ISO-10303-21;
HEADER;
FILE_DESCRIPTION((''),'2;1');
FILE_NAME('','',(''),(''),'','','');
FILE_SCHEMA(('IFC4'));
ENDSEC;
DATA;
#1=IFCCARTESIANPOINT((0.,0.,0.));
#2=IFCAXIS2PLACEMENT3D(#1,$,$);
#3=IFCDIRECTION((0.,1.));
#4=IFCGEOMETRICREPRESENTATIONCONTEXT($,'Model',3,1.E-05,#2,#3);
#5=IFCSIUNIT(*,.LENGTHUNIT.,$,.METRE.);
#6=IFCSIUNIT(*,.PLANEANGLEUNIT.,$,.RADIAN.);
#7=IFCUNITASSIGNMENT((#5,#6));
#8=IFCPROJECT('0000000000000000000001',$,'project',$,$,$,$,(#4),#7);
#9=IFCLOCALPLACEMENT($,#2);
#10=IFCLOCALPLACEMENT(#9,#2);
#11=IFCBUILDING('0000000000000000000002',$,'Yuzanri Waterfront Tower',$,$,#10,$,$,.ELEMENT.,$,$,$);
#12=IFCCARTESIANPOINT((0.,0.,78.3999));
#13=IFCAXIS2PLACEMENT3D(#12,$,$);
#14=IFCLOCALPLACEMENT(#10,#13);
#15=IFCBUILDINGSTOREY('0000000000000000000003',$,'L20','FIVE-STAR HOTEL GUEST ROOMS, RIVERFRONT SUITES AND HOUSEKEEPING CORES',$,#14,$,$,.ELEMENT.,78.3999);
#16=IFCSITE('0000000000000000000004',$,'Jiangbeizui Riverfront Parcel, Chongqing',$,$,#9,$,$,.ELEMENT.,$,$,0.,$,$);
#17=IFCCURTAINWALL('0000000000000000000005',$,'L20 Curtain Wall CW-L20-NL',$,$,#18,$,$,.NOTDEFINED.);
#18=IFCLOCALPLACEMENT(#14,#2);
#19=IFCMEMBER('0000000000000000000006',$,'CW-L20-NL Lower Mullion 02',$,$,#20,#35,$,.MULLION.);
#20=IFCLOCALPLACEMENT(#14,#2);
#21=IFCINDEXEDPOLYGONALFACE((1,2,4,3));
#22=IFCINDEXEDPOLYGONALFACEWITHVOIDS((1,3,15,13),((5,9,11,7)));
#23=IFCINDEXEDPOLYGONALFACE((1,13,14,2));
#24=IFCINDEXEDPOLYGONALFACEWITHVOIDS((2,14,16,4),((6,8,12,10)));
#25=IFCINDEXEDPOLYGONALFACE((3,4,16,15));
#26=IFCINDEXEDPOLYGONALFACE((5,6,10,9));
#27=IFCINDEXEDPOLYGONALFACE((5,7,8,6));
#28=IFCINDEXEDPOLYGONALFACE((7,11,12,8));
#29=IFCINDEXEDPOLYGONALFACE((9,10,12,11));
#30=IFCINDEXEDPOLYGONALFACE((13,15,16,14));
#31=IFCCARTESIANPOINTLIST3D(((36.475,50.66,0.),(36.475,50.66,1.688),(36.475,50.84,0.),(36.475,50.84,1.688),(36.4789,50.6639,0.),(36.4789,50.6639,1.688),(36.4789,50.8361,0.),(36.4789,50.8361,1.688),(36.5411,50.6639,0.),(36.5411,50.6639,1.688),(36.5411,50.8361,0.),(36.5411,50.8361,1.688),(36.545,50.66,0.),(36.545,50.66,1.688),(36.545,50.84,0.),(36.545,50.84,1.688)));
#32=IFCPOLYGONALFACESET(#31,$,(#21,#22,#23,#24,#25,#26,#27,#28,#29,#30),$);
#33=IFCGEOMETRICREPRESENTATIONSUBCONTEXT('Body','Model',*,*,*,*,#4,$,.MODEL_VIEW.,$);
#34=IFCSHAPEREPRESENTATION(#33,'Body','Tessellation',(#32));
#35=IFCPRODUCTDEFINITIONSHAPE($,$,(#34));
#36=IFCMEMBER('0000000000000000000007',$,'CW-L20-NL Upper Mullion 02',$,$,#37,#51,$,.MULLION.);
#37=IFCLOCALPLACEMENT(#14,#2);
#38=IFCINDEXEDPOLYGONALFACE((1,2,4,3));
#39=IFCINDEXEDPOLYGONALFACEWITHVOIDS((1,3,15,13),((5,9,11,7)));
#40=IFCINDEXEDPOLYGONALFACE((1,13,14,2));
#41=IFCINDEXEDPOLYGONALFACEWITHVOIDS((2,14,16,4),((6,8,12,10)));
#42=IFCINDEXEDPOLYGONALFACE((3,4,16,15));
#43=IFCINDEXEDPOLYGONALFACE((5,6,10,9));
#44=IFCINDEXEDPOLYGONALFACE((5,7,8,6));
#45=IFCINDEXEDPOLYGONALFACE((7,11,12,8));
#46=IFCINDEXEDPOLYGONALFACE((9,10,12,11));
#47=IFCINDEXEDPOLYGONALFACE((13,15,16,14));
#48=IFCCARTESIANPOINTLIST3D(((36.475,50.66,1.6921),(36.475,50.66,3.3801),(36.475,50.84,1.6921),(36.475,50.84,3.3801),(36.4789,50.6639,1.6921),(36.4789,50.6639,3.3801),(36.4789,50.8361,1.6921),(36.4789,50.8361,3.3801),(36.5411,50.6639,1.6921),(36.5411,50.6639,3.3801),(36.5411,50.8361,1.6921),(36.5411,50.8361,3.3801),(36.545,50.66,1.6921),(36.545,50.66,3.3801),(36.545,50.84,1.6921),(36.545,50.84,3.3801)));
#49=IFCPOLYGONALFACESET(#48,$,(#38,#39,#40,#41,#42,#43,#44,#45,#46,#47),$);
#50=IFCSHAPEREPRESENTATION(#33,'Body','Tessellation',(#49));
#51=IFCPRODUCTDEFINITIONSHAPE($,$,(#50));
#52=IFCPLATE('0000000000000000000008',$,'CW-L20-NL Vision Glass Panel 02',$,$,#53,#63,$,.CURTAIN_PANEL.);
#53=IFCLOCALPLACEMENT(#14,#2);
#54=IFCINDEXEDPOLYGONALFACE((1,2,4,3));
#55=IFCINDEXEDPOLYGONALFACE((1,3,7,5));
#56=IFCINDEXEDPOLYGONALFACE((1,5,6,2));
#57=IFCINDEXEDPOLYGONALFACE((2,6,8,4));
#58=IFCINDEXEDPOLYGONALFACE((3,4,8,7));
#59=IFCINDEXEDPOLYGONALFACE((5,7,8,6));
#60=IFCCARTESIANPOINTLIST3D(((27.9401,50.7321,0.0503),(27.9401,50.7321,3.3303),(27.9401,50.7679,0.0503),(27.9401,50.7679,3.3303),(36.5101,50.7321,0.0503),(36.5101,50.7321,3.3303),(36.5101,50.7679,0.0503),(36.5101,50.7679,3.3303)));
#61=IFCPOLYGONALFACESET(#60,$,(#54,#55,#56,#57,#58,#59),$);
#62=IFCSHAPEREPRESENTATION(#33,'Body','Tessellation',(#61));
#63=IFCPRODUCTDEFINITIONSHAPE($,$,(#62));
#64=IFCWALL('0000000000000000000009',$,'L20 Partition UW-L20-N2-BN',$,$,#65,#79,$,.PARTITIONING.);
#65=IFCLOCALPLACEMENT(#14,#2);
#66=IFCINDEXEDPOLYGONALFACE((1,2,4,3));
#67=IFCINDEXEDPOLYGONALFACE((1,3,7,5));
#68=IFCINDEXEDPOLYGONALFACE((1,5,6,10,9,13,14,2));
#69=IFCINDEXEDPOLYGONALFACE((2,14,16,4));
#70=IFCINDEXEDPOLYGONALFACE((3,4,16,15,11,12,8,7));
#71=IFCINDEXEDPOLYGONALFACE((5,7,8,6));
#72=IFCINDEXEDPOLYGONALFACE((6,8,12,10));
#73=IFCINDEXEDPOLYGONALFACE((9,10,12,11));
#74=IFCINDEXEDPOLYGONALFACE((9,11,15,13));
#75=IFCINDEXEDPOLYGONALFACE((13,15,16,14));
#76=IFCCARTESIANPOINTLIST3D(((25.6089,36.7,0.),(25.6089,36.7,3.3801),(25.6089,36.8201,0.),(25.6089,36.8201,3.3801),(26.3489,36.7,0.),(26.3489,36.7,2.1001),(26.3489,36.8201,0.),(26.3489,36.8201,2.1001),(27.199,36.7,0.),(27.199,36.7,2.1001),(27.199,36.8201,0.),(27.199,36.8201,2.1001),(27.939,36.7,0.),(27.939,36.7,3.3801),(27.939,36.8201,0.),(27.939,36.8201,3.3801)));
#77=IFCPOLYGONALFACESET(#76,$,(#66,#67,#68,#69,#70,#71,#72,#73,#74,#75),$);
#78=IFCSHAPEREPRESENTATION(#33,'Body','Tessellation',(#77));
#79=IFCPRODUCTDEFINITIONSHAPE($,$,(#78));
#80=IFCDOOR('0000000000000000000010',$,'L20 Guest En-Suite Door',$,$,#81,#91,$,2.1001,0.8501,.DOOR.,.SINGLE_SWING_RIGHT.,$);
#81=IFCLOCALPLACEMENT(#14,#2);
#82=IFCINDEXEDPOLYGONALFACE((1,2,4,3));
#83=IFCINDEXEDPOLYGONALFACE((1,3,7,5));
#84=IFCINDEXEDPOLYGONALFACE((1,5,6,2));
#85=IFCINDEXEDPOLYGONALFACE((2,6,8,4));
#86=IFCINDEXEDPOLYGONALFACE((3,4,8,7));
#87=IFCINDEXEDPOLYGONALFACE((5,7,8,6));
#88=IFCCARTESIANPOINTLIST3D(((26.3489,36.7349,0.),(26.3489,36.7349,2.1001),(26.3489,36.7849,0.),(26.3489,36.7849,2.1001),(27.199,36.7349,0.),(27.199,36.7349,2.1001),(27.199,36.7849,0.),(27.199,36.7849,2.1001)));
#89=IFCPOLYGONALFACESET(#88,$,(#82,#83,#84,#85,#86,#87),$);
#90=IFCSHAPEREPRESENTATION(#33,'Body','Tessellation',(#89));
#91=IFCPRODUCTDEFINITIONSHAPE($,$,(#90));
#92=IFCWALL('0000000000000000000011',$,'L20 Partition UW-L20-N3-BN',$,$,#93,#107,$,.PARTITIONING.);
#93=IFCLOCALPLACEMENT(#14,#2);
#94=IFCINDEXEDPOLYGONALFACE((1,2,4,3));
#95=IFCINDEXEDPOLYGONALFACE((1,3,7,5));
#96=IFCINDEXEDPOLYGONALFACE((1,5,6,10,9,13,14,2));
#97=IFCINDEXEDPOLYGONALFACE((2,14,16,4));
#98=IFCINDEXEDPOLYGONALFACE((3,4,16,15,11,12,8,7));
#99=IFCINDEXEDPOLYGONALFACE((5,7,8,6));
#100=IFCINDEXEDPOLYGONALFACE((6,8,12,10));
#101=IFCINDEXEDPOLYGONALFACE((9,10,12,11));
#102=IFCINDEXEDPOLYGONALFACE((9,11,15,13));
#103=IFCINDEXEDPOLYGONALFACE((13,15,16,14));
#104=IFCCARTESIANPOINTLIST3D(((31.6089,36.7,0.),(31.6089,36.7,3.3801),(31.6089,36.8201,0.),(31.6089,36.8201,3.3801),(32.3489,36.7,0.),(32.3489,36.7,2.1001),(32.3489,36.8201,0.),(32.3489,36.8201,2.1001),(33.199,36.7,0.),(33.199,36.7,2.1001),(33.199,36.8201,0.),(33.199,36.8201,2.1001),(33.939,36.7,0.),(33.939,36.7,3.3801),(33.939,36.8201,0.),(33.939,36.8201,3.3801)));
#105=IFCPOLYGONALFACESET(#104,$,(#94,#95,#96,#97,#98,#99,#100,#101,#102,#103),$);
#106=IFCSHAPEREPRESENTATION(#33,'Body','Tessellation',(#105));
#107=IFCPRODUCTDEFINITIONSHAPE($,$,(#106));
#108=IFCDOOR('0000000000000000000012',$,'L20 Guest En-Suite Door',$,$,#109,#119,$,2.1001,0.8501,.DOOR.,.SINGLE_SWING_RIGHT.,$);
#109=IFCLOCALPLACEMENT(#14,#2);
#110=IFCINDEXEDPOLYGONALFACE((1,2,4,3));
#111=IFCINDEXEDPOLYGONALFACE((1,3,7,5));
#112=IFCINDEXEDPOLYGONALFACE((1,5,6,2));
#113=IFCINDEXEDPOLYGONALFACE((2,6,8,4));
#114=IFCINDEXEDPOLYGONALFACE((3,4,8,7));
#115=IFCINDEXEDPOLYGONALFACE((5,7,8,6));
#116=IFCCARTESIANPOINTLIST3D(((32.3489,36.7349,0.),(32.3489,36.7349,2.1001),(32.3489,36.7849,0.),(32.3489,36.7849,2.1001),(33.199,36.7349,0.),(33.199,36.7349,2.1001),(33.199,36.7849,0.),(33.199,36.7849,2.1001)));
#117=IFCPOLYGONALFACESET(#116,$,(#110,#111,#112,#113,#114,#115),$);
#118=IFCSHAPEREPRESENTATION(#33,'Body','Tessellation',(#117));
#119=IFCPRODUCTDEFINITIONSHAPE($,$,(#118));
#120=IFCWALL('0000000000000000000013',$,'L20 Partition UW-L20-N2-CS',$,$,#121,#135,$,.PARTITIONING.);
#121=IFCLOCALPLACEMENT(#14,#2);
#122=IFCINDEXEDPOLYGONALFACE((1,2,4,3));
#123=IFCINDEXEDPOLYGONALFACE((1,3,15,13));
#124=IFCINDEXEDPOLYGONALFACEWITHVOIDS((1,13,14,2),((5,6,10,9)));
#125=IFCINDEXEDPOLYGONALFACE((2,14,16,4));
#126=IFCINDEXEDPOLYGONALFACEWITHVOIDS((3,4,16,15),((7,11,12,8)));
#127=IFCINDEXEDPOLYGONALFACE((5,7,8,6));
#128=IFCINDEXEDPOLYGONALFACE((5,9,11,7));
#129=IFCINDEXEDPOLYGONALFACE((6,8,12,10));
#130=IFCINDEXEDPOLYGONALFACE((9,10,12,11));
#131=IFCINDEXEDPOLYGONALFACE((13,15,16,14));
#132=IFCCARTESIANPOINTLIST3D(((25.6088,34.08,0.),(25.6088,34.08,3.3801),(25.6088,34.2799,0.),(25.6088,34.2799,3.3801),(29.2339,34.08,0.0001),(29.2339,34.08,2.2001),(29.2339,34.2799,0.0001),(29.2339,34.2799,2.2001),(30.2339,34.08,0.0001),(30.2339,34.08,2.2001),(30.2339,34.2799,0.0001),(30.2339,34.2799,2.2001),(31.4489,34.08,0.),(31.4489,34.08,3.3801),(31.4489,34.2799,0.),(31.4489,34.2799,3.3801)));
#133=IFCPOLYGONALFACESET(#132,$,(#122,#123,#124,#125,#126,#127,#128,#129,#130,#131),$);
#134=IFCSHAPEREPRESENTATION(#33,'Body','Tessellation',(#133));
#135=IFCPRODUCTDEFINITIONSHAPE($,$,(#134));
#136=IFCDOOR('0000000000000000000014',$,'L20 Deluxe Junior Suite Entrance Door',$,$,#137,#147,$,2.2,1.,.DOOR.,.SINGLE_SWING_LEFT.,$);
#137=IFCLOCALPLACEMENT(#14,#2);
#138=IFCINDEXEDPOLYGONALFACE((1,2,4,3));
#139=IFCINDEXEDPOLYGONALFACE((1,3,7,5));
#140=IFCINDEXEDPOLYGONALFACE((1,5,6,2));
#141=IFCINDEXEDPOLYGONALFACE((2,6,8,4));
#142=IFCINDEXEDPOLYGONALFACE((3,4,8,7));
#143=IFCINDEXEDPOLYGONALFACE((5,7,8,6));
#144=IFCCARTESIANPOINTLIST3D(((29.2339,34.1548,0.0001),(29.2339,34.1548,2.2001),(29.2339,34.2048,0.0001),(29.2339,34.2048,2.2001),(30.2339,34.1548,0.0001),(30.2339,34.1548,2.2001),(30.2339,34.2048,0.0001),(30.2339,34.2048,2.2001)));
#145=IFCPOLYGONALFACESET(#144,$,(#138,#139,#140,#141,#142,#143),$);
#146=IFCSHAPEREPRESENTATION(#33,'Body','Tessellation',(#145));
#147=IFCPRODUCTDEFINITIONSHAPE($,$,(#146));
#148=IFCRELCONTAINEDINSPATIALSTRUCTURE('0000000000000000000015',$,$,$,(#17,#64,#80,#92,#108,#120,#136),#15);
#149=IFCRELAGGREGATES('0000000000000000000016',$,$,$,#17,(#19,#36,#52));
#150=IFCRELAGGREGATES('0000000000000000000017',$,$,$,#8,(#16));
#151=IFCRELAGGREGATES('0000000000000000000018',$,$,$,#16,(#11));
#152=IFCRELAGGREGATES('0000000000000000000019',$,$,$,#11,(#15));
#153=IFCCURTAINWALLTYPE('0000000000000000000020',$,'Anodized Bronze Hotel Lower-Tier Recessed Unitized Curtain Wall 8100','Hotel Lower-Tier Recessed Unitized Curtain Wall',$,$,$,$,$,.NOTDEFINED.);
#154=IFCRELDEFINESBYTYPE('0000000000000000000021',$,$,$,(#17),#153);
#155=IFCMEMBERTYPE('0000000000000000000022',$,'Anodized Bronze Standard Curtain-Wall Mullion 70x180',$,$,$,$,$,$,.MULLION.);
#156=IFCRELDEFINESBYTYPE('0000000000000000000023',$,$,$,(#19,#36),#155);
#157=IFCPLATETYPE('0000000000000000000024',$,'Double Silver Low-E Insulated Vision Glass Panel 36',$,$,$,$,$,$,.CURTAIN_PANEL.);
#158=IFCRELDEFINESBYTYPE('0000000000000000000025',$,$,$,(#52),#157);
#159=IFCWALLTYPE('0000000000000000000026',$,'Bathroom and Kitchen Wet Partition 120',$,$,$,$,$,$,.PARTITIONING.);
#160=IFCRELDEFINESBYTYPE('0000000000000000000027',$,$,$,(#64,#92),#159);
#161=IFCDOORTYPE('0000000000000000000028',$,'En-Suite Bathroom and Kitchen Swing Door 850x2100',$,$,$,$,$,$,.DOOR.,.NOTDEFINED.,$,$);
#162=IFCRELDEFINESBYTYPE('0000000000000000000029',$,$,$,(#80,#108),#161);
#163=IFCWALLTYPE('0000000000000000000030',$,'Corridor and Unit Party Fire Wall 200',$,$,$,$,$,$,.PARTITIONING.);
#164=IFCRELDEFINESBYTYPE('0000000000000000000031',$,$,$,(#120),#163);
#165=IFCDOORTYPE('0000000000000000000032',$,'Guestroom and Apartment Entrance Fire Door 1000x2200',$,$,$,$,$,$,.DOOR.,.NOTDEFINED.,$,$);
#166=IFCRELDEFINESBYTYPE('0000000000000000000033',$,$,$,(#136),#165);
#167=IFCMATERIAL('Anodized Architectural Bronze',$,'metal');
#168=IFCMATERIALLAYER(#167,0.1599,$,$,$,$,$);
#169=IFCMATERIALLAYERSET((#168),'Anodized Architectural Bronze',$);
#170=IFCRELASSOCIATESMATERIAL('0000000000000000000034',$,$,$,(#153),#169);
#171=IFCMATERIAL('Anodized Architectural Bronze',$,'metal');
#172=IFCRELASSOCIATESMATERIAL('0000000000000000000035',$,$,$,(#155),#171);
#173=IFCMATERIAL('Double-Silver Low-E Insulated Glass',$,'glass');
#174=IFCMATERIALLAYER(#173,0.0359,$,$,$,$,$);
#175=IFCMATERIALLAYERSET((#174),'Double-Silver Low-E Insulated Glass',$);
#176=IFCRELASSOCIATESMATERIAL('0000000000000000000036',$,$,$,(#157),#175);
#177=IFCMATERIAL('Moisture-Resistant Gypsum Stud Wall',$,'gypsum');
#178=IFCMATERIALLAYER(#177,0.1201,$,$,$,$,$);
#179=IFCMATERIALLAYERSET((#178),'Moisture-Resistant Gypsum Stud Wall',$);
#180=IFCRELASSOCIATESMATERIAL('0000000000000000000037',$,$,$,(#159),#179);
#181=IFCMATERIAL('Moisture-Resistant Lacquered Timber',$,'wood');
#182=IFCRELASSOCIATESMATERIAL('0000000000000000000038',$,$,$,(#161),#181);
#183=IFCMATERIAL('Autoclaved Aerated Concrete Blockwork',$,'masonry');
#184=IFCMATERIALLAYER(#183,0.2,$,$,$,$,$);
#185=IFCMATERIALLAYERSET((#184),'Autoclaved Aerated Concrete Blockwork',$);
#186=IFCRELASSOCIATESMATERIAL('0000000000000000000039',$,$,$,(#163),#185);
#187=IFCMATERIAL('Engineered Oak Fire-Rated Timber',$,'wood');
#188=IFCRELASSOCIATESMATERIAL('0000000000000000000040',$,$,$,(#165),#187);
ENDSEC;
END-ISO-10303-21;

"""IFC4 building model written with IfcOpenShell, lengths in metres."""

from ifc_helpers import new_model, si_unit, direction, frame, frame_2d, origin, origin_2d, place, context, subcontext, project, spatial, rectangle, hollow_rectangle, extrude, source, transform, mapped, material, layer, layer_set, material_profile, profile_set, type_object, element, fill, aggregate, save


model = new_model("IFC4")

# Units and contexts
model_context = context("Model", 3, precision=1e-05, world=origin(), true_north=direction((0.0, 1.0)))
body_context = subcontext(model_context, "Body", "Model", "MODEL_VIEW")
ifc_project = project(units=[si_unit("LENGTHUNIT", "METRE"), si_unit("PLANEANGLEUNIT", "RADIAN")], contexts=[model_context])

# Site, building, storey
site_placement = place(None, origin())
site = spatial("IfcSite", under=ifc_project, at=site_placement, Name="Jiangbeizui Riverfront Parcel, Chongqing", CompositionType="ELEMENT", RefElevation=0.0)
building_placement = place(site_placement, origin())
building = spatial("IfcBuilding", under=site, at=building_placement, Name="Yuzanri Waterfront Tower", CompositionType="ELEMENT")
storey_placement = place(building_placement, frame((0.0, 0.0, 78.3999)))
storey = spatial("IfcBuildingStorey", under=building, at=storey_placement, Name="L20", Description="FIVE-STAR HOTEL GUEST ROOMS, RIVERFRONT SUITES AND HOUSEKEEPING CORES", CompositionType="ELEMENT", Elevation=78.3999)

# Curtain wall, members, plate
ifc_material_1 = material(Name="Anodized Architectural Bronze", Category="metal")
ifc_layer_1 = layer(ifc_material_1, 0.1599)
ifc_layer_set_1 = layer_set([ifc_layer_1], Name="Anodized Architectural Bronze")
curtain_wall_type = type_object("IfcCurtainWallType", Name="Anodized Bronze Hotel Lower-Tier Recessed Unitized Curtain Wall 8100", Description="Hotel Lower-Tier Recessed Unitized Curtain Wall", PredefinedType="NOTDEFINED", material=ifc_layer_set_1)
curtain_wall_placement = place(storey_placement, origin())
curtain_wall = element("IfcCurtainWall", 1, at=curtain_wall_placement, inside=storey, type_object=curtain_wall_type, Name="L20 Curtain Wall CW-L20-NL", PredefinedType="NOTDEFINED")
ifc_material_2 = material(Name="Anodized Architectural Bronze", Category="metal")
ifc_material_profile_1 = material_profile(ifc_material_2, hollow_rectangle(XDim=0.0701, YDim=0.1799, WallThickness=0.0039, at=origin_2d()), Name="CWM 70x180")
ifc_profile_set_1 = profile_set([ifc_material_profile_1], Name="Anodized Architectural Bronze")
member_type = type_object("IfcMemberType", Name="Anodized Bronze Standard Curtain-Wall Mullion 70x180", PredefinedType="MULLION", material=ifc_profile_set_1)
shared_shape_1 = source(origin(), body_context, "Body", "SweptSolid", [
    extrude(hollow_rectangle(XDim=0.0701, YDim=0.1799, WallThickness=0.0039, at=origin_2d()), origin(), (0.0, 0.0, 1.0), 1.688),
])
member_1_placement = place(storey_placement, frame((36.51, 50.75, 0.0), z_axis=(0.0, 0.0, 1.0), x_axis=(1.0, 0.0, 0.0)))
member_1 = element("IfcMember", 2, at=member_1_placement, type_object=member_type, Name="CW-L20-NL Lower Mullion 02", PredefinedType="MULLION", context=body_context, shape_type="MappedRepresentation", body=[
    mapped(shared_shape_1, transform((0.0, 0.0, 0.0), scale=1.0)),
])
member_2_placement = place(storey_placement, frame((36.51, 50.75, 1.6921), z_axis=(0.0, 0.0, 1.0), x_axis=(1.0, 0.0, 0.0)))
member_2 = element("IfcMember", 3, at=member_2_placement, type_object=member_type, Name="CW-L20-NL Upper Mullion 02", PredefinedType="MULLION", context=body_context, shape_type="MappedRepresentation", body=[
    mapped(shared_shape_1, transform((0.0, 0.0, 0.0), scale=1.0)),
])
ifc_material_3 = material(Name="Double-Silver Low-E Insulated Glass", Category="glass")
ifc_layer_2 = layer(ifc_material_3, 0.0359)
ifc_layer_set_2 = layer_set([ifc_layer_2], Name="Double-Silver Low-E Insulated Glass")
plate_type = type_object("IfcPlateType", Name="Double Silver Low-E Insulated Vision Glass Panel 36", PredefinedType="CURTAIN_PANEL", material=ifc_layer_set_2)
shared_shape_2 = source(origin(), body_context, "Body", "SweptSolid", [
    extrude(rectangle(XDim=8.5701, YDim=0.0359, at=origin_2d()), origin(), (0.0, 0.0, 1.0), 3.28),
])
plate_placement = place(storey_placement, frame((32.2251, 50.75, 0.0503), z_axis=(0.0, 0.0, 1.0), x_axis=(1.0, 0.0, 0.0)))
plate = element("IfcPlate", 4, at=plate_placement, type_object=plate_type, Name="CW-L20-NL Vision Glass Panel 02", PredefinedType="CURTAIN_PANEL", context=body_context, shape_type="MappedRepresentation", body=[
    mapped(shared_shape_2, transform((0.0, 0.0, 0.0), scale=1.0)),
])
aggregate(curtain_wall, [member_1, member_2, plate])

# Walls, openings, doors
ifc_material_4 = material(Name="Moisture-Resistant Gypsum Stud Wall", Category="gypsum")
ifc_layer_3 = layer(ifc_material_4, 0.1201)
ifc_layer_set_3 = layer_set([ifc_layer_3], Name="Moisture-Resistant Gypsum Stud Wall")
wall_type_1 = type_object("IfcWallType", Name="Bathroom and Kitchen Wet Partition 120", PredefinedType="PARTITIONING", material=ifc_layer_set_3)
wall_1_placement = place(storey_placement, frame((25.6089, 36.76, 0.0), z_axis=(0.0, 0.0, 1.0), x_axis=(1.0, 0.0, 0.0)))
wall_1 = element("IfcWall", 5, at=wall_1_placement, inside=storey, type_object=wall_type_1, Name="L20 Partition UW-L20-N2-BN", PredefinedType="PARTITIONING", context=body_context, shape_type="SweptSolid", body=[
    extrude(rectangle(XDim=2.3301, YDim=0.1201, at=frame_2d((1.165, 0.0))), origin(), (0.0, 0.0, 1.0), 3.3801),
])
opening_1_placement = place(wall_1_placement, frame((0.74, 0.0, 0.0)))
opening_1 = element("IfcOpeningElement", 6, at=opening_1_placement, cuts=wall_1, PredefinedType="OPENING", context=body_context, shape_type="SweptSolid", body=[
    extrude(rectangle(XDim=0.8501, YDim=2.1001, at=frame_2d((0.425, 1.05))), frame((0.0, 0.075, 0.0), z_axis=(0.0, -1.0, 0.0), x_axis=(1.0, 0.0, 0.0)), (0.0, 0.0, 1.0), 0.1499),
])
ifc_material_5 = material(Name="Moisture-Resistant Lacquered Timber", Category="wood")
door_type_1 = type_object("IfcDoorType", Name="En-Suite Bathroom and Kitchen Swing Door 850x2100", OperationType="NOTDEFINED", PredefinedType="DOOR", material=ifc_material_5)
shared_shape_3 = source(origin(), body_context, "Body", "SweptSolid", [
    extrude(rectangle(XDim=0.8501, YDim=2.1001, at=frame_2d((0.425, 1.05))), frame((0.0, 0.0249, 0.0), z_axis=(0.0, -1.0, 0.0), x_axis=(1.0, 0.0, 0.0)), (0.0, 0.0, 1.0), 0.05),
])
door_1_placement = place(opening_1_placement, origin())
door_1 = element("IfcDoor", 7, at=door_1_placement, inside=storey, type_object=door_type_1, Name="L20 Guest En-Suite Door", OperationType="SINGLE_SWING_RIGHT", OverallHeight=2.1001, OverallWidth=0.8501, PredefinedType="DOOR", context=body_context, shape_type="MappedRepresentation", body=[
    mapped(shared_shape_3, transform((0.0, 0.0, 0.0), scale=1.0)),
])
fill(opening_1, door_1)
wall_2_placement = place(storey_placement, frame((31.6089, 36.76, 0.0), z_axis=(0.0, 0.0, 1.0), x_axis=(1.0, 0.0, 0.0)))
wall_2 = element("IfcWall", 8, at=wall_2_placement, inside=storey, type_object=wall_type_1, Name="L20 Partition UW-L20-N3-BN", PredefinedType="PARTITIONING", context=body_context, shape_type="SweptSolid", body=[
    extrude(rectangle(XDim=2.3301, YDim=0.1201, at=frame_2d((1.165, 0.0))), origin(), (0.0, 0.0, 1.0), 3.3801),
])
opening_2_placement = place(wall_2_placement, frame((0.74, 0.0, 0.0)))
opening_2 = element("IfcOpeningElement", 9, at=opening_2_placement, cuts=wall_2, PredefinedType="OPENING", context=body_context, shape_type="SweptSolid", body=[
    extrude(rectangle(XDim=0.8501, YDim=2.1001, at=frame_2d((0.425, 1.05))), frame((0.0, 0.075, 0.0), z_axis=(0.0, -1.0, 0.0), x_axis=(1.0, 0.0, 0.0)), (0.0, 0.0, 1.0), 0.1499),
])
door_2_placement = place(opening_2_placement, origin())
door_2 = element("IfcDoor", 10, at=door_2_placement, inside=storey, type_object=door_type_1, Name="L20 Guest En-Suite Door", OperationType="SINGLE_SWING_RIGHT", OverallHeight=2.1001, OverallWidth=0.8501, PredefinedType="DOOR", context=body_context, shape_type="MappedRepresentation", body=[
    mapped(shared_shape_3, transform((0.0, 0.0, 0.0), scale=1.0)),
])
fill(opening_2, door_2)
ifc_material_6 = material(Name="Autoclaved Aerated Concrete Blockwork", Category="masonry")
ifc_layer_4 = layer(ifc_material_6, 0.2)
ifc_layer_set_4 = layer_set([ifc_layer_4], Name="Autoclaved Aerated Concrete Blockwork")
wall_type_2 = type_object("IfcWallType", Name="Corridor and Unit Party Fire Wall 200", PredefinedType="PARTITIONING", material=ifc_layer_set_4)
wall_3_placement = place(storey_placement, frame((25.6089, 34.1799, 0.0), z_axis=(0.0, 0.0, 1.0), x_axis=(1.0, 0.0, 0.0)))
wall_3 = element("IfcWall", 11, at=wall_3_placement, inside=storey, type_object=wall_type_2, Name="L20 Partition UW-L20-N2-CS", PredefinedType="PARTITIONING", context=body_context, shape_type="SweptSolid", body=[
    extrude(rectangle(XDim=5.8401, YDim=0.2, at=frame_2d((2.9199, 0.0))), origin(), (0.0, 0.0, 1.0), 3.3801),
])
opening_3_placement = place(wall_3_placement, frame((3.625, 0.0, 0.0)))
opening_3 = element("IfcOpeningElement", 12, at=opening_3_placement, cuts=wall_3, PredefinedType="OPENING", context=body_context, shape_type="SweptSolid", body=[
    extrude(rectangle(XDim=1.0, YDim=2.2, at=frame_2d((0.5, 1.1001))), frame((0.0, 0.1147, 0.0), z_axis=(0.0, -1.0, 0.0), x_axis=(1.0, 0.0, 0.0)), (0.0, 0.0, 1.0), 0.2297),
])
ifc_material_7 = material(Name="Engineered Oak Fire-Rated Timber", Category="wood")
door_type_2 = type_object("IfcDoorType", Name="Guestroom and Apartment Entrance Fire Door 1000x2200", OperationType="NOTDEFINED", PredefinedType="DOOR", material=ifc_material_7)
shared_shape_4 = source(origin(), body_context, "Body", "SweptSolid", [
    extrude(rectangle(XDim=1.0, YDim=2.2, at=frame_2d((0.5, 1.1001))), frame((0.0, 0.0249, 0.0), z_axis=(0.0, -1.0, 0.0), x_axis=(1.0, 0.0, 0.0)), (0.0, 0.0, 1.0), 0.05),
])
door_3_placement = place(opening_3_placement, origin())
door_3 = element("IfcDoor", 13, at=door_3_placement, inside=storey, type_object=door_type_2, Name="L20 Deluxe Junior Suite Entrance Door", OperationType="SINGLE_SWING_LEFT", OverallHeight=2.2, OverallWidth=1.0, PredefinedType="DOOR", context=body_context, shape_type="MappedRepresentation", body=[
    mapped(shared_shape_4, transform((0.0, 0.0, 0.0), scale=1.0)),
])
fill(opening_3, door_3)

save(model, "model.ifc")
